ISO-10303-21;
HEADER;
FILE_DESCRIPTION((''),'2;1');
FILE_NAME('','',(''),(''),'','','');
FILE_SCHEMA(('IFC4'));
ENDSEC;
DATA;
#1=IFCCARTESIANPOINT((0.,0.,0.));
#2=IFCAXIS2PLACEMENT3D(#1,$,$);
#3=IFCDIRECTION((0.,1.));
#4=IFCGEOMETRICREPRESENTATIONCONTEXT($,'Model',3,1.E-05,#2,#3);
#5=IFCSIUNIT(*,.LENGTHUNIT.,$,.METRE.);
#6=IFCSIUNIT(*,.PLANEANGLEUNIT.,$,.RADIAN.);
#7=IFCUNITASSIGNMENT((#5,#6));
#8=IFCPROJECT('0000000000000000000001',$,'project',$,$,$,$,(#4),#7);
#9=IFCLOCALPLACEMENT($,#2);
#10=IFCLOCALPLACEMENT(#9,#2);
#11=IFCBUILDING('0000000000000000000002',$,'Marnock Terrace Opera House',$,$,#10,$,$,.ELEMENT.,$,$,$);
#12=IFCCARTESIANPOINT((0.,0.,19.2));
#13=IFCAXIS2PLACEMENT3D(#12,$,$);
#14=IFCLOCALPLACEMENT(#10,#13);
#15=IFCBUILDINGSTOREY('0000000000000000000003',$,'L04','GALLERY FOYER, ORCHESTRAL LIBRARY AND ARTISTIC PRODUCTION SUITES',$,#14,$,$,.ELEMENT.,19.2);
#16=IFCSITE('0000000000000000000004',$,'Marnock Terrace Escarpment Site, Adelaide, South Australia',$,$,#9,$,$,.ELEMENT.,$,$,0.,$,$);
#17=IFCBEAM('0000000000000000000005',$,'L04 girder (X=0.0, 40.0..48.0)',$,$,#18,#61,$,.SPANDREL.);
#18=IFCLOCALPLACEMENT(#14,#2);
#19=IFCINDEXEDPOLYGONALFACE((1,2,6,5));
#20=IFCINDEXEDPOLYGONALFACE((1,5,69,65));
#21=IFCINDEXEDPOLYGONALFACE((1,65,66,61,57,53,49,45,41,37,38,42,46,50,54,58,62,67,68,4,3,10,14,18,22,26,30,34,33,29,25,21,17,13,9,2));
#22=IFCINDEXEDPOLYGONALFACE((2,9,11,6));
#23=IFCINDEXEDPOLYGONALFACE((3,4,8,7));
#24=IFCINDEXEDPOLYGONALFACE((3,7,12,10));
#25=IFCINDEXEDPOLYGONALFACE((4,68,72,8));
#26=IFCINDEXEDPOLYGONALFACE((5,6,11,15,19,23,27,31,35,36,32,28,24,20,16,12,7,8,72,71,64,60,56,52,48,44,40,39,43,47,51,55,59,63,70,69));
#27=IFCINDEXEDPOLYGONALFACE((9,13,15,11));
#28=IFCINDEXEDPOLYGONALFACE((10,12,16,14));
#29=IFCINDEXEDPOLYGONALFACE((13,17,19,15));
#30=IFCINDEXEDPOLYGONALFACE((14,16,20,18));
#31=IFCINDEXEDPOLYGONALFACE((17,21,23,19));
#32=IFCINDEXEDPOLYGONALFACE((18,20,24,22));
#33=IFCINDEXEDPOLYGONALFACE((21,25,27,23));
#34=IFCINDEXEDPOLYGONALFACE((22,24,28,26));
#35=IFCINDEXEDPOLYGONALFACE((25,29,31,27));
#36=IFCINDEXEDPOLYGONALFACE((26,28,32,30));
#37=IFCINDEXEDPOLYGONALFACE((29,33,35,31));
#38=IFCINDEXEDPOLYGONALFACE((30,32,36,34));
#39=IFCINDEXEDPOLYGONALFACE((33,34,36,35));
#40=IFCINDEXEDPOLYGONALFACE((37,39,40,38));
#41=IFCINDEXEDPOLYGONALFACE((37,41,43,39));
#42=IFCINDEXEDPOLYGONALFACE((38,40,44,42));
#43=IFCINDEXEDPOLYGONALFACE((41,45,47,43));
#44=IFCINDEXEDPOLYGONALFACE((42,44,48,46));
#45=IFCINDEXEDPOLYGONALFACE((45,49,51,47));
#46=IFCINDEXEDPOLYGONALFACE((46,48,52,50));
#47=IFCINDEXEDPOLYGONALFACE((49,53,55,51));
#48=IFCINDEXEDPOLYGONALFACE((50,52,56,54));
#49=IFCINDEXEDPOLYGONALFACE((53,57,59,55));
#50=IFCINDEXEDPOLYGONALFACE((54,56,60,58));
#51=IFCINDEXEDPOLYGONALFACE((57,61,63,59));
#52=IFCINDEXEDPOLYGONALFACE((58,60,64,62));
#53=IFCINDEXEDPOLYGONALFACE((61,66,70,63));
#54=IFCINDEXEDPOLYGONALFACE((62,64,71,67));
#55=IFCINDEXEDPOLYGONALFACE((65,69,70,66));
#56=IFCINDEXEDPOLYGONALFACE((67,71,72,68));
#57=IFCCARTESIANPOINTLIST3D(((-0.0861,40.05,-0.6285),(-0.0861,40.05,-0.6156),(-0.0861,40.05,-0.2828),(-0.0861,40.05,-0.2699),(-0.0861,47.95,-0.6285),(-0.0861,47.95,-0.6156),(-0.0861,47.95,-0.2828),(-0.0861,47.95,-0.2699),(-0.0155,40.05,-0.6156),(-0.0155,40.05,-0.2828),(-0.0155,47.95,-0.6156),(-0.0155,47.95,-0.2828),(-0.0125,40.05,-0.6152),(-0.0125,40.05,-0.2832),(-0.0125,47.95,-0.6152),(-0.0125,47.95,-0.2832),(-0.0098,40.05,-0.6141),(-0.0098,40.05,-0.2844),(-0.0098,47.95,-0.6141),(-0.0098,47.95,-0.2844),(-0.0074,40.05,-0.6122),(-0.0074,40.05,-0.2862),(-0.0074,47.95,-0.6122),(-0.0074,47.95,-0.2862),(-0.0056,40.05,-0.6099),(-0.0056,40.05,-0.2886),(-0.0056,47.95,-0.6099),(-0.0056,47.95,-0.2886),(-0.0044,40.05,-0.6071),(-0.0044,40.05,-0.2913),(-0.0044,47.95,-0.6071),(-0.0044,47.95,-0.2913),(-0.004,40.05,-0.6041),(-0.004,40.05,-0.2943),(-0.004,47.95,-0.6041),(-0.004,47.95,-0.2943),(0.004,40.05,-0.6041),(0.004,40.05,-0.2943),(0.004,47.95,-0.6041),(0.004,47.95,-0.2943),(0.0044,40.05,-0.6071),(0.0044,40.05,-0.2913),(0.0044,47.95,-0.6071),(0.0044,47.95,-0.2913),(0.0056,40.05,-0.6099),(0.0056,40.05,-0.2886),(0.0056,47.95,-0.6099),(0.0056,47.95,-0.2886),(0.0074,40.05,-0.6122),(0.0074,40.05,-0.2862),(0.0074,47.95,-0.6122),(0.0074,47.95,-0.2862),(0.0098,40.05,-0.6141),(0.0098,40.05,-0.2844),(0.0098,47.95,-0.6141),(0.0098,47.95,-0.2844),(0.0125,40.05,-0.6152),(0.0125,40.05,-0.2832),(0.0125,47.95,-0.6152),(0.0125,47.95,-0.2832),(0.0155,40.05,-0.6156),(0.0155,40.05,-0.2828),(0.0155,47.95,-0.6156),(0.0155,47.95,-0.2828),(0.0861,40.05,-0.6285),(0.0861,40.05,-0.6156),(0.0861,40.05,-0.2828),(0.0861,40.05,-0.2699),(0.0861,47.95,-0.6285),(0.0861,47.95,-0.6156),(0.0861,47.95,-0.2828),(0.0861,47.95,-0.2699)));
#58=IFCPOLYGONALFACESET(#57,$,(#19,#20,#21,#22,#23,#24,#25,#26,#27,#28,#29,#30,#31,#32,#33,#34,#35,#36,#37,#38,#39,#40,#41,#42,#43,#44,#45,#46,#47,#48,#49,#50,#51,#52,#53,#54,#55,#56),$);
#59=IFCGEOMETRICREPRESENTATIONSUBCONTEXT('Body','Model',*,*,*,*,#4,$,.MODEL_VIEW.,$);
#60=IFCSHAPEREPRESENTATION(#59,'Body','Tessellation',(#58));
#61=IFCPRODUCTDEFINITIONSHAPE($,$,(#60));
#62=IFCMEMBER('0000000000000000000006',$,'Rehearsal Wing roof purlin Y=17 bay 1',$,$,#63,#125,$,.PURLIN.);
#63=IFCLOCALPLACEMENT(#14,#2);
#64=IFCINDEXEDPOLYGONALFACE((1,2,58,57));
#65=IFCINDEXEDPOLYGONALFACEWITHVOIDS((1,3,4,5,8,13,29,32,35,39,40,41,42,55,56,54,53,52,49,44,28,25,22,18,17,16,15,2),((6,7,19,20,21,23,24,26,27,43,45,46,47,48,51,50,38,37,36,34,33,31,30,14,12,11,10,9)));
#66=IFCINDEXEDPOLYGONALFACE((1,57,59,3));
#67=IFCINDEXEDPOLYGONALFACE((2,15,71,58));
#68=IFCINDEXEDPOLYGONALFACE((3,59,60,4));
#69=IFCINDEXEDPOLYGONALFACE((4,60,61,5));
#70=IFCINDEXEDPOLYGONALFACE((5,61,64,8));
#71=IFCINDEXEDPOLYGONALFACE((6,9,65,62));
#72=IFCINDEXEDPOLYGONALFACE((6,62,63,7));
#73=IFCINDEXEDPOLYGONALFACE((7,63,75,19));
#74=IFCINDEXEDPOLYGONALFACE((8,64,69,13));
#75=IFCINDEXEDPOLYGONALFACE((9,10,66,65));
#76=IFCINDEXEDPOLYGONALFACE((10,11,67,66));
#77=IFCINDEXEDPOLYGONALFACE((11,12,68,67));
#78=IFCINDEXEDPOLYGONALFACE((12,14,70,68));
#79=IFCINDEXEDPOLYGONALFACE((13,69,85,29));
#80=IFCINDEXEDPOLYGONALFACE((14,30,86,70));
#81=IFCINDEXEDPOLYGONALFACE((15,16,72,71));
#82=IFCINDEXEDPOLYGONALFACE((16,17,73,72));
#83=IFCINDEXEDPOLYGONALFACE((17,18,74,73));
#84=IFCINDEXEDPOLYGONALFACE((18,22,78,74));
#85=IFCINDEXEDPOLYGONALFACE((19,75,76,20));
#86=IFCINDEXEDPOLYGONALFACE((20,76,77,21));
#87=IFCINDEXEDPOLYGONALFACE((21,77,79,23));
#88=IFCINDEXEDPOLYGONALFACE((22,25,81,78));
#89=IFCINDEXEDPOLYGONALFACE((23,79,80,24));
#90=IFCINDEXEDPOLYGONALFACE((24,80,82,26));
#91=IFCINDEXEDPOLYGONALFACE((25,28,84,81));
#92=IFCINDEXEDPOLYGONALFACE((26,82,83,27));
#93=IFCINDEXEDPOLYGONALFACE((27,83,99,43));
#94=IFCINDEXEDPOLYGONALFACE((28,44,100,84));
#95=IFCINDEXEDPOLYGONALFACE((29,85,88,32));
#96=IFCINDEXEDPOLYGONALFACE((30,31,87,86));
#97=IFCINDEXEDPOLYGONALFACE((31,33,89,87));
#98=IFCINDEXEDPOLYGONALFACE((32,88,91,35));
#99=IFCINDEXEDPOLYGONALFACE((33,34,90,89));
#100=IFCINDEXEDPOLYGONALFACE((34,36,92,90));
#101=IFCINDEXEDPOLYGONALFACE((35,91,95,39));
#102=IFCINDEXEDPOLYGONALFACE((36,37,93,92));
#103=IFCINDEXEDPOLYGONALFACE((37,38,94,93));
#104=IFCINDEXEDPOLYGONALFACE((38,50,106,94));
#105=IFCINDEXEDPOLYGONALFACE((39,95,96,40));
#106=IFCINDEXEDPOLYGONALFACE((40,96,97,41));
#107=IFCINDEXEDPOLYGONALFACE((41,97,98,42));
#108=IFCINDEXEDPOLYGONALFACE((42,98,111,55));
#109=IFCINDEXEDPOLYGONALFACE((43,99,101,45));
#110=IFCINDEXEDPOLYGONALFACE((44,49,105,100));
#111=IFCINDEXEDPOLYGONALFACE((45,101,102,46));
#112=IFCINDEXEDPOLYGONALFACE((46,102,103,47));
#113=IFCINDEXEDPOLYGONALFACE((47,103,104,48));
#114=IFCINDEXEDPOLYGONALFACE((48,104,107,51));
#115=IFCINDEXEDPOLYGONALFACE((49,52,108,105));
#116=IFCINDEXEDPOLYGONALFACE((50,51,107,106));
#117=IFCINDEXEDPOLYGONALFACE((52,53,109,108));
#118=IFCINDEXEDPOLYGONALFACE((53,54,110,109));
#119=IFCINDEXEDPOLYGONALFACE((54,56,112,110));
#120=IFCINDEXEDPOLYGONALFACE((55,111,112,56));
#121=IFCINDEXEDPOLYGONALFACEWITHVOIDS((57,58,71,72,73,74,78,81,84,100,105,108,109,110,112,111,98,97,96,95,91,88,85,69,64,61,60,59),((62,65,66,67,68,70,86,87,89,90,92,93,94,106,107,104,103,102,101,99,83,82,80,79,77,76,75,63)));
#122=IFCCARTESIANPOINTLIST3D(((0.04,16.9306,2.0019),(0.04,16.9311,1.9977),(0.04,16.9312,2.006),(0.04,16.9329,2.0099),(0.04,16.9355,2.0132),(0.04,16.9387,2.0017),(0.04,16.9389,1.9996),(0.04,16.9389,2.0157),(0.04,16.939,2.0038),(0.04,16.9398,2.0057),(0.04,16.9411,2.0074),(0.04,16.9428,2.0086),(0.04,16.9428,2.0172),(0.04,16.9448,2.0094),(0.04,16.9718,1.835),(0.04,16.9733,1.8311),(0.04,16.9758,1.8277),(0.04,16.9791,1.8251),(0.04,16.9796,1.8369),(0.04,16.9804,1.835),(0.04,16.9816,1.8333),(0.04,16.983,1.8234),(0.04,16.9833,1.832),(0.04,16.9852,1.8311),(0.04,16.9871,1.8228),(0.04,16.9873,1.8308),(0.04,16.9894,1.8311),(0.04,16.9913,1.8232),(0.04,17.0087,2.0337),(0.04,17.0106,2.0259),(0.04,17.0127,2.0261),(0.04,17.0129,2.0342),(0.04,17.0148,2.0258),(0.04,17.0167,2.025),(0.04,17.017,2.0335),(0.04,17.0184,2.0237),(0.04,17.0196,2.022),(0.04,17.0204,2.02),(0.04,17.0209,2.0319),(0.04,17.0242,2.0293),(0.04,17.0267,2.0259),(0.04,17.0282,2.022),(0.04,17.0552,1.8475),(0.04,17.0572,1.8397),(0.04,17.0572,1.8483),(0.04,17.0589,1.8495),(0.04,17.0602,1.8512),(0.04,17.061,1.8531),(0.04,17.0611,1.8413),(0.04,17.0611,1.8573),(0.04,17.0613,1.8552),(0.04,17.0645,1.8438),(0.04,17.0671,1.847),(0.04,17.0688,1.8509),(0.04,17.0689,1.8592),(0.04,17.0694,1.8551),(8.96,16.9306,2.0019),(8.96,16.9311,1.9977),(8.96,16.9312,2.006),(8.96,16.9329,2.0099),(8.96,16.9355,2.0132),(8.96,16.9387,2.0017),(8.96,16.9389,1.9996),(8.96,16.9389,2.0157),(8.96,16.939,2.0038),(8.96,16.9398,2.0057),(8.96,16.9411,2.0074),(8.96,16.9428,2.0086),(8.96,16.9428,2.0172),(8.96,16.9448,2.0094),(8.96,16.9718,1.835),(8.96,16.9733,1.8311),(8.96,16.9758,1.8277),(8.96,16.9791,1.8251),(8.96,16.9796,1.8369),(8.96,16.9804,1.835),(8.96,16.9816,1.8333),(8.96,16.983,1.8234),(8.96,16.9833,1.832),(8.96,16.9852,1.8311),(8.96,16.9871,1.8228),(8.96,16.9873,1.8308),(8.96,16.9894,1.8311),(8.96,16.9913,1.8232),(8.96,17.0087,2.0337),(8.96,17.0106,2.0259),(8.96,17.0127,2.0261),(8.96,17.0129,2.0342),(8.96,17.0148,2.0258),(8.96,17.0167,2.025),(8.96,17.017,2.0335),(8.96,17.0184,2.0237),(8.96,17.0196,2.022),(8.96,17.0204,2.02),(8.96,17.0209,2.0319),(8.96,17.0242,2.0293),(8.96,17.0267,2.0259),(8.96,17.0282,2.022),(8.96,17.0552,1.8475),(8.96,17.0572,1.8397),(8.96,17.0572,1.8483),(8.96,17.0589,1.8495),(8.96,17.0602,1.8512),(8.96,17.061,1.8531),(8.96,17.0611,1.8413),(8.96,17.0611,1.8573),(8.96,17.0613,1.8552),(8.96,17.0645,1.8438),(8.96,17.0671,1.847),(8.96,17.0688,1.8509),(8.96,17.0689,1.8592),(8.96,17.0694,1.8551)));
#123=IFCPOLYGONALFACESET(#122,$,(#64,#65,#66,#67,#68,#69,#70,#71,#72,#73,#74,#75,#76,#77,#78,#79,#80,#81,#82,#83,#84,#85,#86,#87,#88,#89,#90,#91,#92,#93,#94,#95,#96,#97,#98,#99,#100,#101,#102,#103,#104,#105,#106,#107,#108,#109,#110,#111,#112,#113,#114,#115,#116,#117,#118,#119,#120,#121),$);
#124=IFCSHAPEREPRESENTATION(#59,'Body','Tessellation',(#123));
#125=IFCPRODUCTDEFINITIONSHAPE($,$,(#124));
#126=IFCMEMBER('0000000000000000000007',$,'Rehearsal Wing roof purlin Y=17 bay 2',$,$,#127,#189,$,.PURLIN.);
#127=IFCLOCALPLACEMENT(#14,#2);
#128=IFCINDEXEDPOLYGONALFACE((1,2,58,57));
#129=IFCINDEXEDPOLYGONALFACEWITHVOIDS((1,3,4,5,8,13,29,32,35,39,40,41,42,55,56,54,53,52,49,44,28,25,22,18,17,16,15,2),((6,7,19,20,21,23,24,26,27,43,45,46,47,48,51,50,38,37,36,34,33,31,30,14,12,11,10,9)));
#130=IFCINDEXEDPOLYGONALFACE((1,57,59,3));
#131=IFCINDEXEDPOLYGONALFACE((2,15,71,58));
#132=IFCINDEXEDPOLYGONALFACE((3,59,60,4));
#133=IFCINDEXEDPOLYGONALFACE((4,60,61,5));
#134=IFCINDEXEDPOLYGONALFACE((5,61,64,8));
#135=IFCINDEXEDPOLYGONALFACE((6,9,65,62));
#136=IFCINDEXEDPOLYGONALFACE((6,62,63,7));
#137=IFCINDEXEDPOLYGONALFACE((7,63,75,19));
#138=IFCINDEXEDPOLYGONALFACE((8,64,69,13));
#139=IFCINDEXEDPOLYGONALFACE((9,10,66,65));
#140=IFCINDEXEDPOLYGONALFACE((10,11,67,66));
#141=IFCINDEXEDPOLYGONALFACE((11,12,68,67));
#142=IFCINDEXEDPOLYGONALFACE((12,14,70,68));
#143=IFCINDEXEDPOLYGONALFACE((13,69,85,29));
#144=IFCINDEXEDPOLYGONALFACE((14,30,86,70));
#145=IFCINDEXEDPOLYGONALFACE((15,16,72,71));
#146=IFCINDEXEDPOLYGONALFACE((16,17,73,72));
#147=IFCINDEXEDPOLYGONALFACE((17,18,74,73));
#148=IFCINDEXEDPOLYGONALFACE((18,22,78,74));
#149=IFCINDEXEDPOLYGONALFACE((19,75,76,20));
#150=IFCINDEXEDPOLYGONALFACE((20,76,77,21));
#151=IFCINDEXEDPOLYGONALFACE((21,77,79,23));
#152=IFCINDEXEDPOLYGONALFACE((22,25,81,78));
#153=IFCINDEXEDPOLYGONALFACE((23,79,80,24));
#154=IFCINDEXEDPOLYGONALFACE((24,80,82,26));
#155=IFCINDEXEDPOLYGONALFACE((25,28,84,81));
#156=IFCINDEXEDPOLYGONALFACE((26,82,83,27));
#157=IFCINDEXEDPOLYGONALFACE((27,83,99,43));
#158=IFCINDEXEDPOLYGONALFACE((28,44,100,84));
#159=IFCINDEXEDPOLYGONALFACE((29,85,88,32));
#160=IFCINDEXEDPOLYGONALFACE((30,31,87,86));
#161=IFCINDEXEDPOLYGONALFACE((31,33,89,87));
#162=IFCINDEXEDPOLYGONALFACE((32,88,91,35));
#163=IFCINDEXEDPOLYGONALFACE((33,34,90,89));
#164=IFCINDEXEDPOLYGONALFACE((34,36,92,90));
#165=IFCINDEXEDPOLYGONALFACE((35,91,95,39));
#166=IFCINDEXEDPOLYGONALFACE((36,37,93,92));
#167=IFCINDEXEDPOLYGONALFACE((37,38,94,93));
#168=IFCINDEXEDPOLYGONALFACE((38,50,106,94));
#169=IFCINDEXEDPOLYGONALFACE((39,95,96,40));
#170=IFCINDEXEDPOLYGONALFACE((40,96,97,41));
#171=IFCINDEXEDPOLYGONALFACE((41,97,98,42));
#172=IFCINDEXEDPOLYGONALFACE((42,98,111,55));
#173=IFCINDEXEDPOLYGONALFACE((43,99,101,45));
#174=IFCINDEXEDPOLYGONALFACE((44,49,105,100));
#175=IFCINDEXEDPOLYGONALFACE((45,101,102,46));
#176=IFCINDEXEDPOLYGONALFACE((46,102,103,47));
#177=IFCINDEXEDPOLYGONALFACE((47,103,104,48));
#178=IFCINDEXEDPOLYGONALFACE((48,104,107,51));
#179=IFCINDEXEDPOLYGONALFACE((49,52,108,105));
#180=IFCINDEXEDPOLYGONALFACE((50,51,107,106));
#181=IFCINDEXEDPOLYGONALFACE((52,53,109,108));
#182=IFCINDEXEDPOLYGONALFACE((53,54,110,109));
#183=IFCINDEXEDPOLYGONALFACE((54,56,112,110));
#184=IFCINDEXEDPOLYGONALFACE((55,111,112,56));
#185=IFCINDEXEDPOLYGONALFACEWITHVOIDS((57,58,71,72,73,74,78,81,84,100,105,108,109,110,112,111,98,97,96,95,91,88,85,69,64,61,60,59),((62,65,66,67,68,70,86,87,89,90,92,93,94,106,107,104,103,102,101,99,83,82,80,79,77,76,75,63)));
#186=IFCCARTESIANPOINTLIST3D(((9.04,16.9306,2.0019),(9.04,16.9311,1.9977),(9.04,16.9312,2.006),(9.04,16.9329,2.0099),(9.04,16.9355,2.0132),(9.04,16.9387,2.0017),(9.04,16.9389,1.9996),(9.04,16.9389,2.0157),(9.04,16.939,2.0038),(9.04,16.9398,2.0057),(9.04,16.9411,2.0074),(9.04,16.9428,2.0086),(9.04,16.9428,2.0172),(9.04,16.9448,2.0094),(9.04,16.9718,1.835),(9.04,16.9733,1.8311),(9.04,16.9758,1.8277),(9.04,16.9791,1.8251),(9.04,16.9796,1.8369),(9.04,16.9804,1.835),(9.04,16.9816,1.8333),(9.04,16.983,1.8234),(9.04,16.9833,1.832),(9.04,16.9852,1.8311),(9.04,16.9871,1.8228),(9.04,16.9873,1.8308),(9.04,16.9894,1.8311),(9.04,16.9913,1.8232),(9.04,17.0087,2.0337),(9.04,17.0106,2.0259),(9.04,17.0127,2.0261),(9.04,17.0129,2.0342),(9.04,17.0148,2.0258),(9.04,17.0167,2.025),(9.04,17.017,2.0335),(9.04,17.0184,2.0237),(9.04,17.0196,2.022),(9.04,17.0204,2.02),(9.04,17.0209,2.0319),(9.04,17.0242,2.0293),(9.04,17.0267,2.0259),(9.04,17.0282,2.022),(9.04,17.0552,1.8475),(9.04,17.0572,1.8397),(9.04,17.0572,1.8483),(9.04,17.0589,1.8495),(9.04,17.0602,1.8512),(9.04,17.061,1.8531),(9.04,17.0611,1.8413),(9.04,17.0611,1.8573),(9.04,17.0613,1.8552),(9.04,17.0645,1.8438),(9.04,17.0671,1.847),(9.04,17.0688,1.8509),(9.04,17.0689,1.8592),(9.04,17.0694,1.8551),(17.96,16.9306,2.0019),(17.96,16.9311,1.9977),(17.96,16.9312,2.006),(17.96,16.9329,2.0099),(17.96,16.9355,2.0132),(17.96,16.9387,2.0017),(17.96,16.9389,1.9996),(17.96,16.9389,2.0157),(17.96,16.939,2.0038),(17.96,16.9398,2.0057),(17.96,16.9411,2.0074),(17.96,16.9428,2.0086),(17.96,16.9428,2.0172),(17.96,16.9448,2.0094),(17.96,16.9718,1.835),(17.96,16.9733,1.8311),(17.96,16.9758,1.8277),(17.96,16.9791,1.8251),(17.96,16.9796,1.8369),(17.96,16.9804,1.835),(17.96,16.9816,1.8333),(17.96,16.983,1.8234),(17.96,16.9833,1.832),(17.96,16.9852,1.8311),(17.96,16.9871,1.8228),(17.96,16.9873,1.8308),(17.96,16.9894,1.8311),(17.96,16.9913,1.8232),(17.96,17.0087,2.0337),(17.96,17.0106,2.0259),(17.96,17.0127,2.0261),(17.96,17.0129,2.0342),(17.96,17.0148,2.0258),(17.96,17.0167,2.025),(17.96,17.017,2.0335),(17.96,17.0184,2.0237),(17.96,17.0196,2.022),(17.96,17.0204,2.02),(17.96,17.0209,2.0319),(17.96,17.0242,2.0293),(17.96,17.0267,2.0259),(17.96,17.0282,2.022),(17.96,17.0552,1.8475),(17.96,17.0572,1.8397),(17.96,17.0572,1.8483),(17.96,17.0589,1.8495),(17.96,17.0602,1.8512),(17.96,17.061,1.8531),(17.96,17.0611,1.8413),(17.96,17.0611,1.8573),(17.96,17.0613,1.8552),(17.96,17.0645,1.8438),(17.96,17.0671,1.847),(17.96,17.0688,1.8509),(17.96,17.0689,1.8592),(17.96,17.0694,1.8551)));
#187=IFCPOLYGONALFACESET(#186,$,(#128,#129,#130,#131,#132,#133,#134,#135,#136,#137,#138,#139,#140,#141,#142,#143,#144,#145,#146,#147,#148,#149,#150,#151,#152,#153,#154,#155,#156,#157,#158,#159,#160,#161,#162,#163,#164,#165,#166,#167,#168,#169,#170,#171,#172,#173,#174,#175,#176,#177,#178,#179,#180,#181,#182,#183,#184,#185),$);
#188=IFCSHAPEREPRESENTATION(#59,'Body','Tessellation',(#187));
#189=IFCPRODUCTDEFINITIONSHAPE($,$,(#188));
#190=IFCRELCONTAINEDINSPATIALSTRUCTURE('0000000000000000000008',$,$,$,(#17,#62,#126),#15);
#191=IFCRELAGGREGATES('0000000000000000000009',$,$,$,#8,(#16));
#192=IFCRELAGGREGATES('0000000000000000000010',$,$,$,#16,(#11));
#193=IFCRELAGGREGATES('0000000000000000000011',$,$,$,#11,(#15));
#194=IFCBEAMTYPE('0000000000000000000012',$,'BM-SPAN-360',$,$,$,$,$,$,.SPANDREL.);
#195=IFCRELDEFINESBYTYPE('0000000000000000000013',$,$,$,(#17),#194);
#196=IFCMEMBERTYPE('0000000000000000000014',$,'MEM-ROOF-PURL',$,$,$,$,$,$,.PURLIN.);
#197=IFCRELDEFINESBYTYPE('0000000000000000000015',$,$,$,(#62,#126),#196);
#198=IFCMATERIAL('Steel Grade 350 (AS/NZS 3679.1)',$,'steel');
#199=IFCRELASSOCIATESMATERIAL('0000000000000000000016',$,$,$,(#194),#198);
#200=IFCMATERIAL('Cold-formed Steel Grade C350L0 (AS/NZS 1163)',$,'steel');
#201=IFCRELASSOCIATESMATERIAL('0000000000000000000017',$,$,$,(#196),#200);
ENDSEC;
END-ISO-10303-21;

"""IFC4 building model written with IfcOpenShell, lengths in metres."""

from ifc_helpers import new_model, si_unit, direction, frame, origin, origin_2d, place, context, subcontext, project, spatial, hollow_rectangle, i_section, extrude, material, material_profile, profile_set, type_object, element, save


model = new_model("IFC4")

# Units and contexts
model_context = context("Model", 3, precision=1e-05, world=origin(), true_north=direction((0.0, 1.0)))
body_context = subcontext(model_context, "Body", "Model", "MODEL_VIEW")
ifc_project = project(units=[si_unit("LENGTHUNIT", "METRE"), si_unit("PLANEANGLEUNIT", "RADIAN")], contexts=[model_context])

# Site, building, storey
site_placement = place(None, origin())
site = spatial("IfcSite", under=ifc_project, at=site_placement, Name="Marnock Terrace Escarpment Site, Adelaide, South Australia", CompositionType="ELEMENT", RefElevation=0.0)
building_placement = place(site_placement, origin())
building = spatial("IfcBuilding", under=site, at=building_placement, Name="Marnock Terrace Opera House", CompositionType="ELEMENT")
storey_placement = place(building_placement, frame((0.0, 0.0, 19.2)))
storey = spatial("IfcBuildingStorey", under=building, at=storey_placement, Name="L04", Description="GALLERY FOYER, ORCHESTRAL LIBRARY AND ARTISTIC PRODUCTION SUITES", CompositionType="ELEMENT", Elevation=19.2)

# Beam
ifc_material_1 = material(Name="Steel Grade 350 (AS/NZS 3679.1)", Category="steel")
ifc_material_profile_1 = material_profile(ifc_material_1, i_section(OverallWidth=0.1721, OverallDepth=0.3586, WebThickness=0.0081, FlangeThickness=0.0129, FilletRadius=0.0115, at=origin_2d()))
ifc_profile_set_1 = profile_set([ifc_material_profile_1], Name="Steel Grade 350 (AS/NZS 3679.1)")
beam_type_1 = type_object("IfcBeamType", Name="BM-SPAN-360", PredefinedType="SPANDREL", material=ifc_profile_set_1)
for number, where, z_axis, x_axis, name in (
    (1, (0.0, 40.05, -0.4492), (0.0, 1.0, 0.0), (-1.0, 0.0, 0.0), "L04 girder (X=0.0, 40.0..48.0)"),
):
    element("IfcBeam", number, at=place(storey_placement, frame(where, z_axis=z_axis, x_axis=x_axis)), inside=storey, type_object=beam_type_1, Name=name, PredefinedType="SPANDREL", context=body_context, shape_type="SweptSolid", body=[
        extrude(i_section(OverallWidth=0.1721, OverallDepth=0.3586, WebThickness=0.0081, FlangeThickness=0.0129, FilletRadius=0.0115, at=origin_2d()), origin(), (0.0, 0.0, 1.0), 7.8999),
    ])

# Members
ifc_material_2 = material(Name="Cold-formed Steel Grade C350L0 (AS/NZS 1163)", Category="steel")
ifc_material_profile_2 = material_profile(ifc_material_2, hollow_rectangle(XDim=0.1001, YDim=0.2, WallThickness=0.0081, InnerFilletRadius=0.0081, OuterFilletRadius=0.0161, at=origin_2d()))
ifc_profile_set_2 = profile_set([ifc_material_profile_2], Name="Cold-formed Steel Grade C350L0 (AS/NZS 1163)")
member_type_1 = type_object("IfcMemberType", Name="MEM-ROOF-PURL", PredefinedType="PURLIN", material=ifc_profile_set_2)
for number, where, z_axis, x_axis, name in (
    (2, (0.04, 17.0, 1.9285), (1.0, 0.0, 0.0), (0.0, 0.970143, 0.242535), "Rehearsal Wing roof purlin Y=17 bay 1"),
    (3, (9.04, 17.0, 1.9285), (1.0, 0.0, 0.0), (0.0, 0.970143, 0.242535), "Rehearsal Wing roof purlin Y=17 bay 2"),
):
    element("IfcMember", number, at=place(storey_placement, frame(where, z_axis=z_axis, x_axis=x_axis)), inside=storey, type_object=member_type_1, Name=name, PredefinedType="PURLIN", context=body_context, shape_type="SweptSolid", body=[
        extrude(hollow_rectangle(XDim=0.1001, YDim=0.2, WallThickness=0.0081, InnerFilletRadius=0.0081, OuterFilletRadius=0.0161, at=origin_2d()), origin(), (0.0, 0.0, 1.0), 8.9199),
    ])

save(model, "model.ifc")
